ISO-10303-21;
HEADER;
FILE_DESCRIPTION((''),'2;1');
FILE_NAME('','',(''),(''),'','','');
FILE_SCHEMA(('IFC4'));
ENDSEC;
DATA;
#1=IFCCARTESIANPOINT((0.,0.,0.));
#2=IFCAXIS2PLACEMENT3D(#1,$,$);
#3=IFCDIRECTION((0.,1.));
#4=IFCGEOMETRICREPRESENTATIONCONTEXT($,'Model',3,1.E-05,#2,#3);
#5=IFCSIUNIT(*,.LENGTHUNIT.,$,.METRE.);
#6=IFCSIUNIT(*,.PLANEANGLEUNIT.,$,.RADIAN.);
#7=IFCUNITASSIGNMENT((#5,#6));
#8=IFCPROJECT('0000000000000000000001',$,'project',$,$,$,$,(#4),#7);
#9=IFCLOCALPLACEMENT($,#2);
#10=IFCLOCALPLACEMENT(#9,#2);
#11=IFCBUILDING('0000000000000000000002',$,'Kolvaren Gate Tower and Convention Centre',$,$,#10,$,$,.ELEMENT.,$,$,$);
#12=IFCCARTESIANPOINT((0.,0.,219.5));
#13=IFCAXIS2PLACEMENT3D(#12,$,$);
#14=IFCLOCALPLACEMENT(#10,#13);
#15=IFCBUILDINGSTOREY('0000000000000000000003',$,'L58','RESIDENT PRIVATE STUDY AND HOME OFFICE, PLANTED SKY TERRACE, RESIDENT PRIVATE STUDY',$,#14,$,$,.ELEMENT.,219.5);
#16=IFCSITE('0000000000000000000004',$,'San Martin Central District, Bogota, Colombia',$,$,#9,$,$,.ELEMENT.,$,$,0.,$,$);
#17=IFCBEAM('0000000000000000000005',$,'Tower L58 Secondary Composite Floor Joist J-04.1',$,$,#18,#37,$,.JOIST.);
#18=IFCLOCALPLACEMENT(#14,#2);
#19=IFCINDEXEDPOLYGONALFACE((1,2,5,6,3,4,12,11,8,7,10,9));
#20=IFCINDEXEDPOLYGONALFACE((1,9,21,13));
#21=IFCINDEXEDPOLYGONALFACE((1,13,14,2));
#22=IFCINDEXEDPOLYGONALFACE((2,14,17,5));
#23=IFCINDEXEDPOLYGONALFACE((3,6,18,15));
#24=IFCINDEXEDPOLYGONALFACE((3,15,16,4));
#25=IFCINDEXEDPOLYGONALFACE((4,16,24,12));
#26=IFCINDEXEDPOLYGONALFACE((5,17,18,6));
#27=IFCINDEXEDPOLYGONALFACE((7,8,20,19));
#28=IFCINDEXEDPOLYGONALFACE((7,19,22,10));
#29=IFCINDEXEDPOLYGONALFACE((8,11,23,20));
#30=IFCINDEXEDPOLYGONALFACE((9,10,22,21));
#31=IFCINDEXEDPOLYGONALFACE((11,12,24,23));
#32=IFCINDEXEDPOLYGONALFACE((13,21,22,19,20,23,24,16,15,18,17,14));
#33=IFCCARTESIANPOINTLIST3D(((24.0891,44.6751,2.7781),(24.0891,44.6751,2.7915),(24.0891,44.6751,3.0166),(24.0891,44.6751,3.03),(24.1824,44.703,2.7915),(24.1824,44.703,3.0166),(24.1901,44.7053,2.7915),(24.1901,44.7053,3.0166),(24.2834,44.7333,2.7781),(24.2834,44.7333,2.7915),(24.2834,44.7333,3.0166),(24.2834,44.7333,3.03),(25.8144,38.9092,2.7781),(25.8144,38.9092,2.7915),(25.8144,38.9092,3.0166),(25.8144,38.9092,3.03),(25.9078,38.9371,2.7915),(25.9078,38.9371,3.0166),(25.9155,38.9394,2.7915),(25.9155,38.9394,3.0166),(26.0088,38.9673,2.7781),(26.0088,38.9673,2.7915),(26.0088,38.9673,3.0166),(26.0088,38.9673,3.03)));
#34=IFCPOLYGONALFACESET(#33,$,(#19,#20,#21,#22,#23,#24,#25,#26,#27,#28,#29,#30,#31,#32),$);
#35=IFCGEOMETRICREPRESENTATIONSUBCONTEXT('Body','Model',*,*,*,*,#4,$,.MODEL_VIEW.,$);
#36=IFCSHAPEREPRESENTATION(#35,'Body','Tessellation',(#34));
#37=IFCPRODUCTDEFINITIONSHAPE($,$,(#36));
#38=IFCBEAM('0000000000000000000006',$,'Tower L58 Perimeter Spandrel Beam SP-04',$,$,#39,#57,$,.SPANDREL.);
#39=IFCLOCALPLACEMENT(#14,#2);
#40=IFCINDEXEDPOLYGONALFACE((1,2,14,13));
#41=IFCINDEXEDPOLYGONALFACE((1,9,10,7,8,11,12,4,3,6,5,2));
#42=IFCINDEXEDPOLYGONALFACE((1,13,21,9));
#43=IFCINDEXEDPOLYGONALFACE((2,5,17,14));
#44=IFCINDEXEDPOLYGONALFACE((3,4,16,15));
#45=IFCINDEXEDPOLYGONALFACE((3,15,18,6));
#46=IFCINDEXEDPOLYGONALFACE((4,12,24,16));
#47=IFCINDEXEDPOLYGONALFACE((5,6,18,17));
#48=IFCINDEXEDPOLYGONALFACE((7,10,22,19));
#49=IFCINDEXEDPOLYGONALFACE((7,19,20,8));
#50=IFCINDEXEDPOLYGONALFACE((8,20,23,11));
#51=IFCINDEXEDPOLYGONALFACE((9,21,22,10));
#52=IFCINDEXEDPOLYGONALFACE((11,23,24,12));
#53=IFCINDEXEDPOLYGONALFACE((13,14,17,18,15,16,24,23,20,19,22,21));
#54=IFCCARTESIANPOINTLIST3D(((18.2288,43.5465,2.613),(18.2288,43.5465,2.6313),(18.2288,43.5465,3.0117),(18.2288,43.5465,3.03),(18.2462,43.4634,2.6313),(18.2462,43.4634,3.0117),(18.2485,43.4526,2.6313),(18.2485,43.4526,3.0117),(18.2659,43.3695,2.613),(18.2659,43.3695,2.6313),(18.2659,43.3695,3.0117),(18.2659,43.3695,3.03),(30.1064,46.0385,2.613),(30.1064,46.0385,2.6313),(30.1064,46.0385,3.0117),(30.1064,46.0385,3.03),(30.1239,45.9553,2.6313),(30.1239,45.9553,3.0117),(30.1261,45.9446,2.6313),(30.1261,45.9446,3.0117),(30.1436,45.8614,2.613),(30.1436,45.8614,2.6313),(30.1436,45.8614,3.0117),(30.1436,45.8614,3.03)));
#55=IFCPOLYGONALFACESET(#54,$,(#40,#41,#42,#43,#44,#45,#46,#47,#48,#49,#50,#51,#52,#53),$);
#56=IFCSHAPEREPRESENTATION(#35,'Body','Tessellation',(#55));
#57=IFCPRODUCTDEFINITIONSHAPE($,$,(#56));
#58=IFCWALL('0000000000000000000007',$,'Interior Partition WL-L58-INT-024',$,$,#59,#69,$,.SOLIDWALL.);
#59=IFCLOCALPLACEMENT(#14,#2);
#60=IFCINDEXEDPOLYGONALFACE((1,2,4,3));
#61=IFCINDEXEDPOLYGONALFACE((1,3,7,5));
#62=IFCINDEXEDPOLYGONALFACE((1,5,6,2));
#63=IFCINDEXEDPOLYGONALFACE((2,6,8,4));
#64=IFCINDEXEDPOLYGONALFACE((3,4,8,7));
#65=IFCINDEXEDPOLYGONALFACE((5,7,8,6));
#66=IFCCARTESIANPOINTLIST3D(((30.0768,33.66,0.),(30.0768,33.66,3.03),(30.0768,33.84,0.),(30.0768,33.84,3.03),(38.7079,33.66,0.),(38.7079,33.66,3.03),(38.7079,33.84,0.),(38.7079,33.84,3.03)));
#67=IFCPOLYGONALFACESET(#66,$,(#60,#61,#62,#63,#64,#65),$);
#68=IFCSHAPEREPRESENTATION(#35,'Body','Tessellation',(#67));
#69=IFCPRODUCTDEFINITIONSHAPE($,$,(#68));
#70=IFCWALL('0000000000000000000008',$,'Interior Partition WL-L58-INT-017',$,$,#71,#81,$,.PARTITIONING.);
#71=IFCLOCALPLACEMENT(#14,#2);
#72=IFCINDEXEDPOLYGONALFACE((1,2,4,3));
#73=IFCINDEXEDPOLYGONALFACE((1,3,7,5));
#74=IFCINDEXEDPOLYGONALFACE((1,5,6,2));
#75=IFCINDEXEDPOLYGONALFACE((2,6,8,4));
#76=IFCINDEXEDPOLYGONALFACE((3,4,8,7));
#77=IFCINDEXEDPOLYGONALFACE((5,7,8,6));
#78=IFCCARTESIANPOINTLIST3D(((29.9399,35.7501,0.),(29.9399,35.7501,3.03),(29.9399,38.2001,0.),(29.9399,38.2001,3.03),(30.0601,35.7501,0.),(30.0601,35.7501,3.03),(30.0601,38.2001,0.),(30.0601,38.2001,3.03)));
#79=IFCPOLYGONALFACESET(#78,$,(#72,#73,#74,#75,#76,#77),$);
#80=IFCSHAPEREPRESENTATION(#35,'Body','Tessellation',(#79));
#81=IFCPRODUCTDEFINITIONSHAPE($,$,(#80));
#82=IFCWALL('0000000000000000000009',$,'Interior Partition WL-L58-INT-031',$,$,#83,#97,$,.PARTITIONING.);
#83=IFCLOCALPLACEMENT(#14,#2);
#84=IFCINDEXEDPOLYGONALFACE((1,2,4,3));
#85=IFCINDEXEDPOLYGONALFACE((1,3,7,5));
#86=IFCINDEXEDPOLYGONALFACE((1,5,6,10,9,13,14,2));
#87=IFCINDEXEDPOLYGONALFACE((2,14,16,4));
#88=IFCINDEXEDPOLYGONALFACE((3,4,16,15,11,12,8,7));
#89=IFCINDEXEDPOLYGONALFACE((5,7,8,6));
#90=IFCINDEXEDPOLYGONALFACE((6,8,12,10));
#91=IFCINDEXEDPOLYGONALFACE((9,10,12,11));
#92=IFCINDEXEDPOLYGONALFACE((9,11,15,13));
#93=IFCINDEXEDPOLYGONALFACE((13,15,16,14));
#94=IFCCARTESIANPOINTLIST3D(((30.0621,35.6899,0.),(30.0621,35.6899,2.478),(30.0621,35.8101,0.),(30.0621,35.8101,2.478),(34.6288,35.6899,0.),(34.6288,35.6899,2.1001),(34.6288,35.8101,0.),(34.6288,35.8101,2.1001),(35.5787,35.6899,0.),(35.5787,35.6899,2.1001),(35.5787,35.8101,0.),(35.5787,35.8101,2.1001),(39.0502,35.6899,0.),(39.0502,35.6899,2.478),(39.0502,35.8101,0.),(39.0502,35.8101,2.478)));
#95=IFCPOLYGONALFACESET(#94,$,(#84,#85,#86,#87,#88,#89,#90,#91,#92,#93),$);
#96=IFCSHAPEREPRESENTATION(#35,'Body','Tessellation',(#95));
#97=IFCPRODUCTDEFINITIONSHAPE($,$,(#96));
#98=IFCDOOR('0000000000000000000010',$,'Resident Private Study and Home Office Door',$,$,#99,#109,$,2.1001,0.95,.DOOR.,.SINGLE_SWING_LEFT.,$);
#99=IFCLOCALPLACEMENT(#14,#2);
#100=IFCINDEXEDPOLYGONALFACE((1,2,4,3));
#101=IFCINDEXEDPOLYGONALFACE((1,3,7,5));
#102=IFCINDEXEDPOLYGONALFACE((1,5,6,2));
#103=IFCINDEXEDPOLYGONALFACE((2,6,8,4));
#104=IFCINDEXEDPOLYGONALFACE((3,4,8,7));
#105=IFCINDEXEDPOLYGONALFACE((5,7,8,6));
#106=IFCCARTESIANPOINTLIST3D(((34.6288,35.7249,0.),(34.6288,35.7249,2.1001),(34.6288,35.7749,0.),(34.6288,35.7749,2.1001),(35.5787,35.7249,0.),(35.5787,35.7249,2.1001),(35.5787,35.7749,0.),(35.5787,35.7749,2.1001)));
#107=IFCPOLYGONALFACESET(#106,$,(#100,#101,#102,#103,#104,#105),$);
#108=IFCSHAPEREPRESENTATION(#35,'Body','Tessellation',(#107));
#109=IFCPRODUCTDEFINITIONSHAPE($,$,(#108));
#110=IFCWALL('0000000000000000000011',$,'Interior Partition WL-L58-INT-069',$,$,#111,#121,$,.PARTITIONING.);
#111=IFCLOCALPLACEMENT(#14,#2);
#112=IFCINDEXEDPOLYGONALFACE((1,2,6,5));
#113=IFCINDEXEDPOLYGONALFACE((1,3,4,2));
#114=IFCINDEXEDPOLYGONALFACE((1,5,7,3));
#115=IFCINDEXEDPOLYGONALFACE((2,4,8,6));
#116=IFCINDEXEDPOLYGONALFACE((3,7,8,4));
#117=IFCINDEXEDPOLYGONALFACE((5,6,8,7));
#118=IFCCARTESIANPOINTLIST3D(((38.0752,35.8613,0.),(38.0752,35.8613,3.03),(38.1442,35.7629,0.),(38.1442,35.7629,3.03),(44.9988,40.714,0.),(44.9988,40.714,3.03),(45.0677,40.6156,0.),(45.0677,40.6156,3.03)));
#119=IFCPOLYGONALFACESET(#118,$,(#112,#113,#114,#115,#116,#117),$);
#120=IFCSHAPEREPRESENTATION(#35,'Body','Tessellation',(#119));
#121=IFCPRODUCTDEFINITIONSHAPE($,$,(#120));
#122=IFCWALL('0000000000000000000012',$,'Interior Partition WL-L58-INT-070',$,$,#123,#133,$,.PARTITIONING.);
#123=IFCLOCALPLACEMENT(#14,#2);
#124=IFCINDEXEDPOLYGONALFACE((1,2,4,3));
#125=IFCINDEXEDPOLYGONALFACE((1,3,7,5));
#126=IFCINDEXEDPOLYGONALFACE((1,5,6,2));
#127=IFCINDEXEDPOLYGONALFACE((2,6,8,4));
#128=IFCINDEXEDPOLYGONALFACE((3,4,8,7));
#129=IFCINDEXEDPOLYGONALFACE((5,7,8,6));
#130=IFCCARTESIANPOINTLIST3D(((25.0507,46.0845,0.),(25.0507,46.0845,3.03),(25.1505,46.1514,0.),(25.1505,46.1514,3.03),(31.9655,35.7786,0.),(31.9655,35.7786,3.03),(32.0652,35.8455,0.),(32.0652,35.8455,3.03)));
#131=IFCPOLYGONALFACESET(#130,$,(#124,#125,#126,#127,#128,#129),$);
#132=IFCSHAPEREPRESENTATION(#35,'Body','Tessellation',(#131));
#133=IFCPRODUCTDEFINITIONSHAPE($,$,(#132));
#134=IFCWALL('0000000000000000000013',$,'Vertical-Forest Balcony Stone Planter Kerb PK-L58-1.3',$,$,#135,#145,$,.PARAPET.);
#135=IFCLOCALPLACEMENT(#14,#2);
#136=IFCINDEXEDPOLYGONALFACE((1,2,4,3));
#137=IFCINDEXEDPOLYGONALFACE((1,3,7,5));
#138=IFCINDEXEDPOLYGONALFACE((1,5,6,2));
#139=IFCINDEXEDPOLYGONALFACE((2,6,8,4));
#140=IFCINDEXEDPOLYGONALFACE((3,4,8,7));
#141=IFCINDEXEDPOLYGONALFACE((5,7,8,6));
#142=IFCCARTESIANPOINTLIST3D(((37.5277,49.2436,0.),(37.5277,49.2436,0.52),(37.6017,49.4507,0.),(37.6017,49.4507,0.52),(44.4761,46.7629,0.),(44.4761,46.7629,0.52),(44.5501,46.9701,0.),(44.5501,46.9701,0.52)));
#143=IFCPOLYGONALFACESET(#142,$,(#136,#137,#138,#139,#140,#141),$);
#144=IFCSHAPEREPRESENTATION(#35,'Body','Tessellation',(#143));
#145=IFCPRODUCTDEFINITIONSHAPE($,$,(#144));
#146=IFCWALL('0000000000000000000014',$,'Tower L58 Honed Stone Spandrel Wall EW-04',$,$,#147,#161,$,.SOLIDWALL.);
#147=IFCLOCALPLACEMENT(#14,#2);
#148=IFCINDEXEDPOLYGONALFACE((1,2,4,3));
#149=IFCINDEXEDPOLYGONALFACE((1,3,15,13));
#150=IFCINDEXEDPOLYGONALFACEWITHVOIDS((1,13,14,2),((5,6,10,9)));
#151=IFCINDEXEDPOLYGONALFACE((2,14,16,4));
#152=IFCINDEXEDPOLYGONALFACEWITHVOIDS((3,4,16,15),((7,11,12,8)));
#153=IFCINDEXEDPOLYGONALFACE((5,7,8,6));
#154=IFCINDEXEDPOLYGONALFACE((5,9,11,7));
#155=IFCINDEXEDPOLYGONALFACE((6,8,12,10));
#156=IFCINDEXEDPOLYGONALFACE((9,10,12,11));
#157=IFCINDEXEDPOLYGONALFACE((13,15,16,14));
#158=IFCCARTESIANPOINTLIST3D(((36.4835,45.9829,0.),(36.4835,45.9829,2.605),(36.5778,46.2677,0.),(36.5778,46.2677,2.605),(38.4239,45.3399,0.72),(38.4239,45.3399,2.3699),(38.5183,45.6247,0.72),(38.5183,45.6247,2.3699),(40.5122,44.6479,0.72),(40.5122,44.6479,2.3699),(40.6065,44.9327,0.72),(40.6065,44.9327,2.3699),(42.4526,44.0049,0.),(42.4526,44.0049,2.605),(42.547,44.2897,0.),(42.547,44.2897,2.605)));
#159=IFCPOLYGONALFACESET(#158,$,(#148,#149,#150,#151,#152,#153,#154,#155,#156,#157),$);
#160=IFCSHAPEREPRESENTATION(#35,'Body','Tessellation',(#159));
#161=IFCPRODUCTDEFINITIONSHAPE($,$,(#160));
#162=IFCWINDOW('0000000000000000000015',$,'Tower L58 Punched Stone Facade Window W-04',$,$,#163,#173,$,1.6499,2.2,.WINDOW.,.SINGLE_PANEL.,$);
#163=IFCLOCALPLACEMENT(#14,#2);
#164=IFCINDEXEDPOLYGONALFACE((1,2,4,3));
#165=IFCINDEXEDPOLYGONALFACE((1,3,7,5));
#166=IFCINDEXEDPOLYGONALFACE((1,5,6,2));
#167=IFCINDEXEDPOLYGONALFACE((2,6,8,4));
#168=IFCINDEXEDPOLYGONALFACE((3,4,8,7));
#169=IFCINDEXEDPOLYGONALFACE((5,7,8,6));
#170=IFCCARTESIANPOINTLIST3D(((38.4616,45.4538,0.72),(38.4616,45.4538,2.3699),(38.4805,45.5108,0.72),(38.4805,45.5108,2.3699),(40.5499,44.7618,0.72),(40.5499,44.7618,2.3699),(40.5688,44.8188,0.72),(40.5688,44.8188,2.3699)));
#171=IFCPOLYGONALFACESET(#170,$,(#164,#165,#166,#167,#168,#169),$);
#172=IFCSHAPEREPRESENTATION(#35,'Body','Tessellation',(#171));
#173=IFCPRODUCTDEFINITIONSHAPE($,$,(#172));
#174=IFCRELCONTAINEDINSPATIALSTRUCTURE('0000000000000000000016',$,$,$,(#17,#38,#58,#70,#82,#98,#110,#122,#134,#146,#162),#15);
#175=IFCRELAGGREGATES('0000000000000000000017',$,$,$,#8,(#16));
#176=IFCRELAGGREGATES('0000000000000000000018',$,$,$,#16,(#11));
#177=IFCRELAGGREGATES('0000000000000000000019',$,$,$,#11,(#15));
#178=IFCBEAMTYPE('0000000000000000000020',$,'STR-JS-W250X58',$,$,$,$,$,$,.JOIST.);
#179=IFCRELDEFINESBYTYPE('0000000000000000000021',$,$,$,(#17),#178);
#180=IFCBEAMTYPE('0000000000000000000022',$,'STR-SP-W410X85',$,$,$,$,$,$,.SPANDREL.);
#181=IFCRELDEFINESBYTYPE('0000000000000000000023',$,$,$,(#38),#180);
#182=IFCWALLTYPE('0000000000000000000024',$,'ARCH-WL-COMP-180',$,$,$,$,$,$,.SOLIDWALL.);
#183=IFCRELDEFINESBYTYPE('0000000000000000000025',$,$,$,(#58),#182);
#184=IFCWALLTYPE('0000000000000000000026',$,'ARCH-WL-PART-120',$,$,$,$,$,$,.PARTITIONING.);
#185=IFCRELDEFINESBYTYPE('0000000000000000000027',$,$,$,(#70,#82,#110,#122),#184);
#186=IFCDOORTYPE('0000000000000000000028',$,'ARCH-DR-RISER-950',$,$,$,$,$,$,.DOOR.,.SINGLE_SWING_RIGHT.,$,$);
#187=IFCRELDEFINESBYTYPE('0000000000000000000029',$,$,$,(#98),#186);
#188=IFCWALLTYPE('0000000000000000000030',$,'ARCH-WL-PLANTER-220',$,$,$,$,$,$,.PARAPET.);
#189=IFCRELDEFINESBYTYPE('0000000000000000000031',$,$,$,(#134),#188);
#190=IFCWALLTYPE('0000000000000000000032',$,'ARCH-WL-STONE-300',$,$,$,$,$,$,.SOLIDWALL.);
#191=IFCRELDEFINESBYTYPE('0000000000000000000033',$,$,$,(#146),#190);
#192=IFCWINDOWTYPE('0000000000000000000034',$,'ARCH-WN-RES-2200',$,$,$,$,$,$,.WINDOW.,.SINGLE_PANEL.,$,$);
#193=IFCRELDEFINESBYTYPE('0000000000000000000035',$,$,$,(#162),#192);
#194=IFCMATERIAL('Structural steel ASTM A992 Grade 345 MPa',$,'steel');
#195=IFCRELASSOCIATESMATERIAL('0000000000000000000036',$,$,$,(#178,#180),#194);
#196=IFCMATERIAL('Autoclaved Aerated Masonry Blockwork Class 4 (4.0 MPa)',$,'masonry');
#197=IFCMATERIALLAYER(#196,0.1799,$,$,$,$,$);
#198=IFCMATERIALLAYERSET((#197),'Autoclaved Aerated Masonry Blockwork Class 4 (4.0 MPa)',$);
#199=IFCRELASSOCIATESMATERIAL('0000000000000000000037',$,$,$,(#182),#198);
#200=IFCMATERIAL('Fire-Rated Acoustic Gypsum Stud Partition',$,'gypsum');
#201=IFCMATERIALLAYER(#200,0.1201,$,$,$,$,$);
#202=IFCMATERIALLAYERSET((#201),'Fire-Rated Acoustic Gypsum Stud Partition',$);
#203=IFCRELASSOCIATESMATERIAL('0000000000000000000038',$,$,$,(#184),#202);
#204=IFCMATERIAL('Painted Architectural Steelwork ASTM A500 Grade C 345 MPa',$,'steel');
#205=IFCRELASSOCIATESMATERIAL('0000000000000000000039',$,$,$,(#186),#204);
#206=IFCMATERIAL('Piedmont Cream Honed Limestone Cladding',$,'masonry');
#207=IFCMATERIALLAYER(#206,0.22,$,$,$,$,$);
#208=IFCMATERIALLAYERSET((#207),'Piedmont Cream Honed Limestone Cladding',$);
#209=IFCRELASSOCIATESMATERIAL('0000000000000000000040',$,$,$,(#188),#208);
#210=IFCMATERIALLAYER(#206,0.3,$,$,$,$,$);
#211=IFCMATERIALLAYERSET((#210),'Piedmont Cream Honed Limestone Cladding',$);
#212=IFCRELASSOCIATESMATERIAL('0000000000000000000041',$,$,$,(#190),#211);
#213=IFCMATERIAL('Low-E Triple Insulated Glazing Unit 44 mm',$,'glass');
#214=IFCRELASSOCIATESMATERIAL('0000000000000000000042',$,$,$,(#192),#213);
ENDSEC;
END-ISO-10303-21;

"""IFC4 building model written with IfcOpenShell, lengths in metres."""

from ifc_helpers import new_model, si_unit, direction, frame, frame_2d, origin, origin_2d, place, context, subcontext, project, spatial, rectangle, i_section, extrude, material, layer, layer_set, material_profile, profile_set, type_object, element, fill, save


model = new_model("IFC4")

# Units and contexts
model_context = context("Model", 3, precision=1e-05, world=origin(), true_north=direction((0.0, 1.0)))
body_context = subcontext(model_context, "Body", "Model", "MODEL_VIEW")
ifc_project = project(units=[si_unit("LENGTHUNIT", "METRE"), si_unit("PLANEANGLEUNIT", "RADIAN")], contexts=[model_context])

# Site, building, storey
site_placement = place(None, origin())
site = spatial("IfcSite", under=ifc_project, at=site_placement, Name="San Martin Central District, Bogota, Colombia", CompositionType="ELEMENT", RefElevation=0.0)
building_placement = place(site_placement, origin())
building = spatial("IfcBuilding", under=site, at=building_placement, Name="Kolvaren Gate Tower and Convention Centre", CompositionType="ELEMENT")
storey_placement = place(building_placement, frame((0.0, 0.0, 219.5)))
storey = spatial("IfcBuildingStorey", under=building, at=storey_placement, Name="L58", Description="RESIDENT PRIVATE STUDY AND HOME OFFICE, PLANTED SKY TERRACE, RESIDENT PRIVATE STUDY", CompositionType="ELEMENT", Elevation=219.5)

# Beams
ifc_material_1 = material(Name="Structural steel ASTM A992 Grade 345 MPa", Category="steel")
ifc_material_profile_1 = material_profile(ifc_material_1, i_section(OverallWidth=0.2029, OverallDepth=0.252, WebThickness=0.0081, FlangeThickness=0.0134, at=origin_2d()), Name="W250X58")
ifc_profile_set_1 = profile_set([ifc_material_profile_1], Name="Structural steel ASTM A992 Grade 345 MPa")
beam_type_1 = type_object("IfcBeamType", Name="STR-JS-W250X58", PredefinedType="JOIST", material=ifc_profile_set_1)
beam_1_placement = place(storey_placement, frame((25.9116, 38.9382, 2.9041), z_axis=(-0.286674, 0.958028, 0.0), x_axis=(-0.958028, -0.286674, 0.0)))
element("IfcBeam", 1, at=beam_1_placement, inside=storey, type_object=beam_type_1, Name="Tower L58 Secondary Composite Floor Joist J-04.1", PredefinedType="JOIST", context=body_context, shape_type="SweptSolid", body=[
    extrude(i_section(OverallWidth=0.2029, OverallDepth=0.252, WebThickness=0.0081, FlangeThickness=0.0134, at=origin_2d()), origin(), (0.0, 0.0, 1.0), 6.0186),
])
ifc_material_profile_2 = material_profile(ifc_material_1, i_section(OverallWidth=0.1809, OverallDepth=0.417, WebThickness=0.011, FlangeThickness=0.0183, at=origin_2d()), Name="W410X85")
ifc_profile_set_2 = profile_set([ifc_material_profile_2], Name="Structural steel ASTM A992 Grade 345 MPa")
beam_type_2 = type_object("IfcBeamType", Name="STR-SP-W410X85", PredefinedType="SPANDREL", material=ifc_profile_set_2)
beam_2_placement = place(storey_placement, frame((30.125, 45.95, 2.8215), z_axis=(-0.978693, -0.20533, 0.0), x_axis=(0.20533, -0.978693, 0.0)))
element("IfcBeam", 2, at=beam_2_placement, inside=storey, type_object=beam_type_2, Name="Tower L58 Perimeter Spandrel Beam SP-04", PredefinedType="SPANDREL", context=body_context, shape_type="SweptSolid", body=[
    extrude(i_section(OverallWidth=0.1809, OverallDepth=0.417, WebThickness=0.011, FlangeThickness=0.0183, at=origin_2d()), origin(), (0.0, 0.0, 1.0), 12.1362),
])

# Walls
ifc_material_2 = material(Name="Autoclaved Aerated Masonry Blockwork Class 4 (4.0 MPa)", Category="masonry")
ifc_layer_1 = layer(ifc_material_2, 0.1799)
ifc_layer_set_1 = layer_set([ifc_layer_1], Name="Autoclaved Aerated Masonry Blockwork Class 4 (4.0 MPa)")
wall_type_1 = type_object("IfcWallType", Name="ARCH-WL-COMP-180", PredefinedType="SOLIDWALL", material=ifc_layer_set_1)
wall_1_placement = place(storey_placement, frame((30.0769, 33.75, 0.0), z_axis=(0.0, 0.0, 1.0), x_axis=(1.0, 0.0, 0.0)))
element("IfcWall", 3, at=wall_1_placement, inside=storey, type_object=wall_type_1, Name="Interior Partition WL-L58-INT-024", PredefinedType="SOLIDWALL", context=body_context, shape_type="SweptSolid", body=[
    extrude(rectangle(XDim=8.6311, YDim=0.1799, at=frame_2d((4.3154, 0.0))), origin(), (0.0, 0.0, 1.0), 3.03),
])
ifc_material_3 = material(Name="Fire-Rated Acoustic Gypsum Stud Partition", Category="gypsum")
ifc_layer_2 = layer(ifc_material_3, 0.1201)
ifc_layer_set_2 = layer_set([ifc_layer_2], Name="Fire-Rated Acoustic Gypsum Stud Partition")
wall_type_2 = type_object("IfcWallType", Name="ARCH-WL-PART-120", PredefinedType="PARTITIONING", material=ifc_layer_set_2)
wall_2_placement = place(storey_placement, frame((30.0, 35.75, 0.0), z_axis=(0.0, 0.0, 1.0), x_axis=(0.0, 1.0, 0.0)))
element("IfcWall", 4, at=wall_2_placement, inside=storey, type_object=wall_type_2, Name="Interior Partition WL-L58-INT-017", PredefinedType="PARTITIONING", context=body_context, shape_type="SweptSolid", body=[
    extrude(rectangle(XDim=2.45, YDim=0.1201, at=frame_2d((1.2251, 0.0))), origin(), (0.0, 0.0, 1.0), 3.03),
])

# Wall, opening, door
wall_3_placement = place(storey_placement, frame((30.062, 35.75, 0.0), z_axis=(0.0, 0.0, 1.0), x_axis=(1.0, 0.0, 0.0)))
wall_3 = element("IfcWall", 5, at=wall_3_placement, inside=storey, type_object=wall_type_2, Name="Interior Partition WL-L58-INT-031", PredefinedType="PARTITIONING", context=body_context, shape_type="SweptSolid", body=[
    extrude(rectangle(XDim=8.988, YDim=0.1201, at=frame_2d((4.4941, 0.0))), origin(), (0.0, 0.0, 1.0), 2.478),
])
opening_1_placement = place(wall_3_placement, frame((4.5667, 0.0, 0.0)))
opening_1 = element("IfcOpeningElement", 6, at=opening_1_placement, cuts=wall_3, PredefinedType="OPENING", context=body_context, shape_type="SweptSolid", body=[
    extrude(rectangle(XDim=0.95, YDim=2.1001, at=frame_2d((0.4751, 1.05))), frame((0.0, 0.0701, 0.0), z_axis=(0.0, -1.0, 0.0), x_axis=(1.0, 0.0, 0.0)), (0.0, 0.0, 1.0), 0.1401),
])
ifc_material_4 = material(Name="Painted Architectural Steelwork ASTM A500 Grade C 345 MPa", Category="steel")
door_type = type_object("IfcDoorType", Name="ARCH-DR-RISER-950", OperationType="SINGLE_SWING_RIGHT", PredefinedType="DOOR", material=ifc_material_4)
door_1_placement = place(opening_1_placement, origin())
door_1 = element("IfcDoor", 7, at=door_1_placement, inside=storey, type_object=door_type, Name="Resident Private Study and Home Office Door", OperationType="SINGLE_SWING_LEFT", OverallHeight=2.1001, OverallWidth=0.95, PredefinedType="DOOR", context=body_context, shape_type="SweptSolid", body=[
    extrude(rectangle(XDim=0.95, YDim=2.1001, at=frame_2d((0.4751, 1.05))), frame((0.0, 0.0249, 0.0), z_axis=(0.0, -1.0, 0.0), x_axis=(1.0, 0.0, 0.0)), (0.0, 0.0, 1.0), 0.05),
])
fill(opening_1, door_1)

# Walls
wall_4_placement = place(storey_placement, frame((38.1096, 35.812, 0.0), z_axis=(0.0, 0.0, 1.0), x_axis=(0.818883, 0.57396, 0.0)))
element("IfcWall", 8, at=wall_4_placement, inside=storey, type_object=wall_type_2, Name="Interior Partition WL-L58-INT-069", PredefinedType="PARTITIONING", context=body_context, shape_type="SweptSolid", body=[
    extrude(rectangle(XDim=8.4548, YDim=0.1201, at=frame_2d((4.2275, 0.0))), origin(), (0.0, 0.0, 1.0), 3.03),
])
wall_5_placement = place(storey_placement, frame((25.1006, 46.1179, 0.0), z_axis=(0.0, 0.0, 1.0), x_axis=(0.557163, -0.830403, 0.0)))
element("IfcWall", 9, at=wall_5_placement, inside=storey, type_object=wall_type_2, Name="Interior Partition WL-L58-INT-070", PredefinedType="PARTITIONING", context=body_context, shape_type="SweptSolid", body=[
    extrude(rectangle(XDim=12.4106, YDim=0.1201, at=frame_2d((6.2053, 0.0))), origin(), (0.0, 0.0, 1.0), 3.03),
])
ifc_material_5 = material(Name="Piedmont Cream Honed Limestone Cladding", Category="masonry")
ifc_layer_3 = layer(ifc_material_5, 0.22)
ifc_layer_set_3 = layer_set([ifc_layer_3], Name="Piedmont Cream Honed Limestone Cladding")
wall_type_3 = type_object("IfcWallType", Name="ARCH-WL-PLANTER-220", PredefinedType="PARAPET", material=ifc_layer_set_3)
wall_6_placement = place(storey_placement, frame((37.5647, 49.3472, 0.0), z_axis=(0.0, 0.0, 1.0), x_axis=(0.94178, -0.336229, 0.0)))
element("IfcWall", 10, at=wall_6_placement, inside=storey, type_object=wall_type_3, Name="Vertical-Forest Balcony Stone Planter Kerb PK-L58-1.3", PredefinedType="PARAPET", context=body_context, shape_type="SweptSolid", body=[
    extrude(rectangle(XDim=7.3779, YDim=0.22, at=frame_2d((3.689, 0.0))), origin(), (0.0, 0.0, 1.0), 0.52),
])

# Wall, opening, window
ifc_layer_4 = layer(ifc_material_5, 0.3)
ifc_layer_set_4 = layer_set([ifc_layer_4], Name="Piedmont Cream Honed Limestone Cladding")
wall_type_4 = type_object("IfcWallType", Name="ARCH-WL-STONE-300", PredefinedType="SOLIDWALL", material=ifc_layer_set_4)
wall_7_placement = place(storey_placement, frame((36.5308, 46.1252, 0.0), z_axis=(0.0, 0.0, 1.0), x_axis=(0.949241, -0.31455, 0.0)))
wall_7 = element("IfcWall", 11, at=wall_7_placement, inside=storey, type_object=wall_type_4, Name="Tower L58 Honed Stone Spandrel Wall EW-04", PredefinedType="SOLIDWALL", context=body_context, shape_type="SweptSolid", body=[
    extrude(rectangle(XDim=6.2883, YDim=0.3, at=frame_2d((3.144, 0.0))), origin(), (0.0, 0.0, 1.0), 2.605),
])
opening_2_placement = place(wall_7_placement, frame((2.0439, 0.0, 0.72)))
opening_2 = element("IfcOpeningElement", 12, at=opening_2_placement, cuts=wall_7, PredefinedType="OPENING", context=body_context, shape_type="SweptSolid", body=[
    extrude(rectangle(XDim=2.2, YDim=1.6499, at=frame_2d((1.1001, 0.825))), frame((0.0, 0.1599, 0.0), z_axis=(0.0, -1.0, 0.0), x_axis=(1.0, 0.0, 0.0)), (0.0, 0.0, 1.0), 0.3201),
])
ifc_material_6 = material(Name="Low-E Triple Insulated Glazing Unit 44 mm", Category="glass")
window_type = type_object("IfcWindowType", Name="ARCH-WN-RES-2200", PartitioningType="SINGLE_PANEL", PredefinedType="WINDOW", material=ifc_material_6)
window_1_placement = place(opening_2_placement, origin())
window_1 = element("IfcWindow", 13, at=window_1_placement, inside=storey, type_object=window_type, Name="Tower L58 Punched Stone Facade Window W-04", OverallHeight=1.6499, OverallWidth=2.2, PartitioningType="SINGLE_PANEL", PredefinedType="WINDOW", context=body_context, shape_type="SweptSolid", body=[
    extrude(rectangle(XDim=2.2, YDim=1.6499, at=frame_2d((1.1001, 0.825))), frame((0.0, 0.03, 0.0), z_axis=(0.0, -1.0, 0.0), x_axis=(1.0, 0.0, 0.0)), (0.0, 0.0, 1.0), 0.0601),
])
fill(opening_2, window_1)

save(model, "model.ifc")
